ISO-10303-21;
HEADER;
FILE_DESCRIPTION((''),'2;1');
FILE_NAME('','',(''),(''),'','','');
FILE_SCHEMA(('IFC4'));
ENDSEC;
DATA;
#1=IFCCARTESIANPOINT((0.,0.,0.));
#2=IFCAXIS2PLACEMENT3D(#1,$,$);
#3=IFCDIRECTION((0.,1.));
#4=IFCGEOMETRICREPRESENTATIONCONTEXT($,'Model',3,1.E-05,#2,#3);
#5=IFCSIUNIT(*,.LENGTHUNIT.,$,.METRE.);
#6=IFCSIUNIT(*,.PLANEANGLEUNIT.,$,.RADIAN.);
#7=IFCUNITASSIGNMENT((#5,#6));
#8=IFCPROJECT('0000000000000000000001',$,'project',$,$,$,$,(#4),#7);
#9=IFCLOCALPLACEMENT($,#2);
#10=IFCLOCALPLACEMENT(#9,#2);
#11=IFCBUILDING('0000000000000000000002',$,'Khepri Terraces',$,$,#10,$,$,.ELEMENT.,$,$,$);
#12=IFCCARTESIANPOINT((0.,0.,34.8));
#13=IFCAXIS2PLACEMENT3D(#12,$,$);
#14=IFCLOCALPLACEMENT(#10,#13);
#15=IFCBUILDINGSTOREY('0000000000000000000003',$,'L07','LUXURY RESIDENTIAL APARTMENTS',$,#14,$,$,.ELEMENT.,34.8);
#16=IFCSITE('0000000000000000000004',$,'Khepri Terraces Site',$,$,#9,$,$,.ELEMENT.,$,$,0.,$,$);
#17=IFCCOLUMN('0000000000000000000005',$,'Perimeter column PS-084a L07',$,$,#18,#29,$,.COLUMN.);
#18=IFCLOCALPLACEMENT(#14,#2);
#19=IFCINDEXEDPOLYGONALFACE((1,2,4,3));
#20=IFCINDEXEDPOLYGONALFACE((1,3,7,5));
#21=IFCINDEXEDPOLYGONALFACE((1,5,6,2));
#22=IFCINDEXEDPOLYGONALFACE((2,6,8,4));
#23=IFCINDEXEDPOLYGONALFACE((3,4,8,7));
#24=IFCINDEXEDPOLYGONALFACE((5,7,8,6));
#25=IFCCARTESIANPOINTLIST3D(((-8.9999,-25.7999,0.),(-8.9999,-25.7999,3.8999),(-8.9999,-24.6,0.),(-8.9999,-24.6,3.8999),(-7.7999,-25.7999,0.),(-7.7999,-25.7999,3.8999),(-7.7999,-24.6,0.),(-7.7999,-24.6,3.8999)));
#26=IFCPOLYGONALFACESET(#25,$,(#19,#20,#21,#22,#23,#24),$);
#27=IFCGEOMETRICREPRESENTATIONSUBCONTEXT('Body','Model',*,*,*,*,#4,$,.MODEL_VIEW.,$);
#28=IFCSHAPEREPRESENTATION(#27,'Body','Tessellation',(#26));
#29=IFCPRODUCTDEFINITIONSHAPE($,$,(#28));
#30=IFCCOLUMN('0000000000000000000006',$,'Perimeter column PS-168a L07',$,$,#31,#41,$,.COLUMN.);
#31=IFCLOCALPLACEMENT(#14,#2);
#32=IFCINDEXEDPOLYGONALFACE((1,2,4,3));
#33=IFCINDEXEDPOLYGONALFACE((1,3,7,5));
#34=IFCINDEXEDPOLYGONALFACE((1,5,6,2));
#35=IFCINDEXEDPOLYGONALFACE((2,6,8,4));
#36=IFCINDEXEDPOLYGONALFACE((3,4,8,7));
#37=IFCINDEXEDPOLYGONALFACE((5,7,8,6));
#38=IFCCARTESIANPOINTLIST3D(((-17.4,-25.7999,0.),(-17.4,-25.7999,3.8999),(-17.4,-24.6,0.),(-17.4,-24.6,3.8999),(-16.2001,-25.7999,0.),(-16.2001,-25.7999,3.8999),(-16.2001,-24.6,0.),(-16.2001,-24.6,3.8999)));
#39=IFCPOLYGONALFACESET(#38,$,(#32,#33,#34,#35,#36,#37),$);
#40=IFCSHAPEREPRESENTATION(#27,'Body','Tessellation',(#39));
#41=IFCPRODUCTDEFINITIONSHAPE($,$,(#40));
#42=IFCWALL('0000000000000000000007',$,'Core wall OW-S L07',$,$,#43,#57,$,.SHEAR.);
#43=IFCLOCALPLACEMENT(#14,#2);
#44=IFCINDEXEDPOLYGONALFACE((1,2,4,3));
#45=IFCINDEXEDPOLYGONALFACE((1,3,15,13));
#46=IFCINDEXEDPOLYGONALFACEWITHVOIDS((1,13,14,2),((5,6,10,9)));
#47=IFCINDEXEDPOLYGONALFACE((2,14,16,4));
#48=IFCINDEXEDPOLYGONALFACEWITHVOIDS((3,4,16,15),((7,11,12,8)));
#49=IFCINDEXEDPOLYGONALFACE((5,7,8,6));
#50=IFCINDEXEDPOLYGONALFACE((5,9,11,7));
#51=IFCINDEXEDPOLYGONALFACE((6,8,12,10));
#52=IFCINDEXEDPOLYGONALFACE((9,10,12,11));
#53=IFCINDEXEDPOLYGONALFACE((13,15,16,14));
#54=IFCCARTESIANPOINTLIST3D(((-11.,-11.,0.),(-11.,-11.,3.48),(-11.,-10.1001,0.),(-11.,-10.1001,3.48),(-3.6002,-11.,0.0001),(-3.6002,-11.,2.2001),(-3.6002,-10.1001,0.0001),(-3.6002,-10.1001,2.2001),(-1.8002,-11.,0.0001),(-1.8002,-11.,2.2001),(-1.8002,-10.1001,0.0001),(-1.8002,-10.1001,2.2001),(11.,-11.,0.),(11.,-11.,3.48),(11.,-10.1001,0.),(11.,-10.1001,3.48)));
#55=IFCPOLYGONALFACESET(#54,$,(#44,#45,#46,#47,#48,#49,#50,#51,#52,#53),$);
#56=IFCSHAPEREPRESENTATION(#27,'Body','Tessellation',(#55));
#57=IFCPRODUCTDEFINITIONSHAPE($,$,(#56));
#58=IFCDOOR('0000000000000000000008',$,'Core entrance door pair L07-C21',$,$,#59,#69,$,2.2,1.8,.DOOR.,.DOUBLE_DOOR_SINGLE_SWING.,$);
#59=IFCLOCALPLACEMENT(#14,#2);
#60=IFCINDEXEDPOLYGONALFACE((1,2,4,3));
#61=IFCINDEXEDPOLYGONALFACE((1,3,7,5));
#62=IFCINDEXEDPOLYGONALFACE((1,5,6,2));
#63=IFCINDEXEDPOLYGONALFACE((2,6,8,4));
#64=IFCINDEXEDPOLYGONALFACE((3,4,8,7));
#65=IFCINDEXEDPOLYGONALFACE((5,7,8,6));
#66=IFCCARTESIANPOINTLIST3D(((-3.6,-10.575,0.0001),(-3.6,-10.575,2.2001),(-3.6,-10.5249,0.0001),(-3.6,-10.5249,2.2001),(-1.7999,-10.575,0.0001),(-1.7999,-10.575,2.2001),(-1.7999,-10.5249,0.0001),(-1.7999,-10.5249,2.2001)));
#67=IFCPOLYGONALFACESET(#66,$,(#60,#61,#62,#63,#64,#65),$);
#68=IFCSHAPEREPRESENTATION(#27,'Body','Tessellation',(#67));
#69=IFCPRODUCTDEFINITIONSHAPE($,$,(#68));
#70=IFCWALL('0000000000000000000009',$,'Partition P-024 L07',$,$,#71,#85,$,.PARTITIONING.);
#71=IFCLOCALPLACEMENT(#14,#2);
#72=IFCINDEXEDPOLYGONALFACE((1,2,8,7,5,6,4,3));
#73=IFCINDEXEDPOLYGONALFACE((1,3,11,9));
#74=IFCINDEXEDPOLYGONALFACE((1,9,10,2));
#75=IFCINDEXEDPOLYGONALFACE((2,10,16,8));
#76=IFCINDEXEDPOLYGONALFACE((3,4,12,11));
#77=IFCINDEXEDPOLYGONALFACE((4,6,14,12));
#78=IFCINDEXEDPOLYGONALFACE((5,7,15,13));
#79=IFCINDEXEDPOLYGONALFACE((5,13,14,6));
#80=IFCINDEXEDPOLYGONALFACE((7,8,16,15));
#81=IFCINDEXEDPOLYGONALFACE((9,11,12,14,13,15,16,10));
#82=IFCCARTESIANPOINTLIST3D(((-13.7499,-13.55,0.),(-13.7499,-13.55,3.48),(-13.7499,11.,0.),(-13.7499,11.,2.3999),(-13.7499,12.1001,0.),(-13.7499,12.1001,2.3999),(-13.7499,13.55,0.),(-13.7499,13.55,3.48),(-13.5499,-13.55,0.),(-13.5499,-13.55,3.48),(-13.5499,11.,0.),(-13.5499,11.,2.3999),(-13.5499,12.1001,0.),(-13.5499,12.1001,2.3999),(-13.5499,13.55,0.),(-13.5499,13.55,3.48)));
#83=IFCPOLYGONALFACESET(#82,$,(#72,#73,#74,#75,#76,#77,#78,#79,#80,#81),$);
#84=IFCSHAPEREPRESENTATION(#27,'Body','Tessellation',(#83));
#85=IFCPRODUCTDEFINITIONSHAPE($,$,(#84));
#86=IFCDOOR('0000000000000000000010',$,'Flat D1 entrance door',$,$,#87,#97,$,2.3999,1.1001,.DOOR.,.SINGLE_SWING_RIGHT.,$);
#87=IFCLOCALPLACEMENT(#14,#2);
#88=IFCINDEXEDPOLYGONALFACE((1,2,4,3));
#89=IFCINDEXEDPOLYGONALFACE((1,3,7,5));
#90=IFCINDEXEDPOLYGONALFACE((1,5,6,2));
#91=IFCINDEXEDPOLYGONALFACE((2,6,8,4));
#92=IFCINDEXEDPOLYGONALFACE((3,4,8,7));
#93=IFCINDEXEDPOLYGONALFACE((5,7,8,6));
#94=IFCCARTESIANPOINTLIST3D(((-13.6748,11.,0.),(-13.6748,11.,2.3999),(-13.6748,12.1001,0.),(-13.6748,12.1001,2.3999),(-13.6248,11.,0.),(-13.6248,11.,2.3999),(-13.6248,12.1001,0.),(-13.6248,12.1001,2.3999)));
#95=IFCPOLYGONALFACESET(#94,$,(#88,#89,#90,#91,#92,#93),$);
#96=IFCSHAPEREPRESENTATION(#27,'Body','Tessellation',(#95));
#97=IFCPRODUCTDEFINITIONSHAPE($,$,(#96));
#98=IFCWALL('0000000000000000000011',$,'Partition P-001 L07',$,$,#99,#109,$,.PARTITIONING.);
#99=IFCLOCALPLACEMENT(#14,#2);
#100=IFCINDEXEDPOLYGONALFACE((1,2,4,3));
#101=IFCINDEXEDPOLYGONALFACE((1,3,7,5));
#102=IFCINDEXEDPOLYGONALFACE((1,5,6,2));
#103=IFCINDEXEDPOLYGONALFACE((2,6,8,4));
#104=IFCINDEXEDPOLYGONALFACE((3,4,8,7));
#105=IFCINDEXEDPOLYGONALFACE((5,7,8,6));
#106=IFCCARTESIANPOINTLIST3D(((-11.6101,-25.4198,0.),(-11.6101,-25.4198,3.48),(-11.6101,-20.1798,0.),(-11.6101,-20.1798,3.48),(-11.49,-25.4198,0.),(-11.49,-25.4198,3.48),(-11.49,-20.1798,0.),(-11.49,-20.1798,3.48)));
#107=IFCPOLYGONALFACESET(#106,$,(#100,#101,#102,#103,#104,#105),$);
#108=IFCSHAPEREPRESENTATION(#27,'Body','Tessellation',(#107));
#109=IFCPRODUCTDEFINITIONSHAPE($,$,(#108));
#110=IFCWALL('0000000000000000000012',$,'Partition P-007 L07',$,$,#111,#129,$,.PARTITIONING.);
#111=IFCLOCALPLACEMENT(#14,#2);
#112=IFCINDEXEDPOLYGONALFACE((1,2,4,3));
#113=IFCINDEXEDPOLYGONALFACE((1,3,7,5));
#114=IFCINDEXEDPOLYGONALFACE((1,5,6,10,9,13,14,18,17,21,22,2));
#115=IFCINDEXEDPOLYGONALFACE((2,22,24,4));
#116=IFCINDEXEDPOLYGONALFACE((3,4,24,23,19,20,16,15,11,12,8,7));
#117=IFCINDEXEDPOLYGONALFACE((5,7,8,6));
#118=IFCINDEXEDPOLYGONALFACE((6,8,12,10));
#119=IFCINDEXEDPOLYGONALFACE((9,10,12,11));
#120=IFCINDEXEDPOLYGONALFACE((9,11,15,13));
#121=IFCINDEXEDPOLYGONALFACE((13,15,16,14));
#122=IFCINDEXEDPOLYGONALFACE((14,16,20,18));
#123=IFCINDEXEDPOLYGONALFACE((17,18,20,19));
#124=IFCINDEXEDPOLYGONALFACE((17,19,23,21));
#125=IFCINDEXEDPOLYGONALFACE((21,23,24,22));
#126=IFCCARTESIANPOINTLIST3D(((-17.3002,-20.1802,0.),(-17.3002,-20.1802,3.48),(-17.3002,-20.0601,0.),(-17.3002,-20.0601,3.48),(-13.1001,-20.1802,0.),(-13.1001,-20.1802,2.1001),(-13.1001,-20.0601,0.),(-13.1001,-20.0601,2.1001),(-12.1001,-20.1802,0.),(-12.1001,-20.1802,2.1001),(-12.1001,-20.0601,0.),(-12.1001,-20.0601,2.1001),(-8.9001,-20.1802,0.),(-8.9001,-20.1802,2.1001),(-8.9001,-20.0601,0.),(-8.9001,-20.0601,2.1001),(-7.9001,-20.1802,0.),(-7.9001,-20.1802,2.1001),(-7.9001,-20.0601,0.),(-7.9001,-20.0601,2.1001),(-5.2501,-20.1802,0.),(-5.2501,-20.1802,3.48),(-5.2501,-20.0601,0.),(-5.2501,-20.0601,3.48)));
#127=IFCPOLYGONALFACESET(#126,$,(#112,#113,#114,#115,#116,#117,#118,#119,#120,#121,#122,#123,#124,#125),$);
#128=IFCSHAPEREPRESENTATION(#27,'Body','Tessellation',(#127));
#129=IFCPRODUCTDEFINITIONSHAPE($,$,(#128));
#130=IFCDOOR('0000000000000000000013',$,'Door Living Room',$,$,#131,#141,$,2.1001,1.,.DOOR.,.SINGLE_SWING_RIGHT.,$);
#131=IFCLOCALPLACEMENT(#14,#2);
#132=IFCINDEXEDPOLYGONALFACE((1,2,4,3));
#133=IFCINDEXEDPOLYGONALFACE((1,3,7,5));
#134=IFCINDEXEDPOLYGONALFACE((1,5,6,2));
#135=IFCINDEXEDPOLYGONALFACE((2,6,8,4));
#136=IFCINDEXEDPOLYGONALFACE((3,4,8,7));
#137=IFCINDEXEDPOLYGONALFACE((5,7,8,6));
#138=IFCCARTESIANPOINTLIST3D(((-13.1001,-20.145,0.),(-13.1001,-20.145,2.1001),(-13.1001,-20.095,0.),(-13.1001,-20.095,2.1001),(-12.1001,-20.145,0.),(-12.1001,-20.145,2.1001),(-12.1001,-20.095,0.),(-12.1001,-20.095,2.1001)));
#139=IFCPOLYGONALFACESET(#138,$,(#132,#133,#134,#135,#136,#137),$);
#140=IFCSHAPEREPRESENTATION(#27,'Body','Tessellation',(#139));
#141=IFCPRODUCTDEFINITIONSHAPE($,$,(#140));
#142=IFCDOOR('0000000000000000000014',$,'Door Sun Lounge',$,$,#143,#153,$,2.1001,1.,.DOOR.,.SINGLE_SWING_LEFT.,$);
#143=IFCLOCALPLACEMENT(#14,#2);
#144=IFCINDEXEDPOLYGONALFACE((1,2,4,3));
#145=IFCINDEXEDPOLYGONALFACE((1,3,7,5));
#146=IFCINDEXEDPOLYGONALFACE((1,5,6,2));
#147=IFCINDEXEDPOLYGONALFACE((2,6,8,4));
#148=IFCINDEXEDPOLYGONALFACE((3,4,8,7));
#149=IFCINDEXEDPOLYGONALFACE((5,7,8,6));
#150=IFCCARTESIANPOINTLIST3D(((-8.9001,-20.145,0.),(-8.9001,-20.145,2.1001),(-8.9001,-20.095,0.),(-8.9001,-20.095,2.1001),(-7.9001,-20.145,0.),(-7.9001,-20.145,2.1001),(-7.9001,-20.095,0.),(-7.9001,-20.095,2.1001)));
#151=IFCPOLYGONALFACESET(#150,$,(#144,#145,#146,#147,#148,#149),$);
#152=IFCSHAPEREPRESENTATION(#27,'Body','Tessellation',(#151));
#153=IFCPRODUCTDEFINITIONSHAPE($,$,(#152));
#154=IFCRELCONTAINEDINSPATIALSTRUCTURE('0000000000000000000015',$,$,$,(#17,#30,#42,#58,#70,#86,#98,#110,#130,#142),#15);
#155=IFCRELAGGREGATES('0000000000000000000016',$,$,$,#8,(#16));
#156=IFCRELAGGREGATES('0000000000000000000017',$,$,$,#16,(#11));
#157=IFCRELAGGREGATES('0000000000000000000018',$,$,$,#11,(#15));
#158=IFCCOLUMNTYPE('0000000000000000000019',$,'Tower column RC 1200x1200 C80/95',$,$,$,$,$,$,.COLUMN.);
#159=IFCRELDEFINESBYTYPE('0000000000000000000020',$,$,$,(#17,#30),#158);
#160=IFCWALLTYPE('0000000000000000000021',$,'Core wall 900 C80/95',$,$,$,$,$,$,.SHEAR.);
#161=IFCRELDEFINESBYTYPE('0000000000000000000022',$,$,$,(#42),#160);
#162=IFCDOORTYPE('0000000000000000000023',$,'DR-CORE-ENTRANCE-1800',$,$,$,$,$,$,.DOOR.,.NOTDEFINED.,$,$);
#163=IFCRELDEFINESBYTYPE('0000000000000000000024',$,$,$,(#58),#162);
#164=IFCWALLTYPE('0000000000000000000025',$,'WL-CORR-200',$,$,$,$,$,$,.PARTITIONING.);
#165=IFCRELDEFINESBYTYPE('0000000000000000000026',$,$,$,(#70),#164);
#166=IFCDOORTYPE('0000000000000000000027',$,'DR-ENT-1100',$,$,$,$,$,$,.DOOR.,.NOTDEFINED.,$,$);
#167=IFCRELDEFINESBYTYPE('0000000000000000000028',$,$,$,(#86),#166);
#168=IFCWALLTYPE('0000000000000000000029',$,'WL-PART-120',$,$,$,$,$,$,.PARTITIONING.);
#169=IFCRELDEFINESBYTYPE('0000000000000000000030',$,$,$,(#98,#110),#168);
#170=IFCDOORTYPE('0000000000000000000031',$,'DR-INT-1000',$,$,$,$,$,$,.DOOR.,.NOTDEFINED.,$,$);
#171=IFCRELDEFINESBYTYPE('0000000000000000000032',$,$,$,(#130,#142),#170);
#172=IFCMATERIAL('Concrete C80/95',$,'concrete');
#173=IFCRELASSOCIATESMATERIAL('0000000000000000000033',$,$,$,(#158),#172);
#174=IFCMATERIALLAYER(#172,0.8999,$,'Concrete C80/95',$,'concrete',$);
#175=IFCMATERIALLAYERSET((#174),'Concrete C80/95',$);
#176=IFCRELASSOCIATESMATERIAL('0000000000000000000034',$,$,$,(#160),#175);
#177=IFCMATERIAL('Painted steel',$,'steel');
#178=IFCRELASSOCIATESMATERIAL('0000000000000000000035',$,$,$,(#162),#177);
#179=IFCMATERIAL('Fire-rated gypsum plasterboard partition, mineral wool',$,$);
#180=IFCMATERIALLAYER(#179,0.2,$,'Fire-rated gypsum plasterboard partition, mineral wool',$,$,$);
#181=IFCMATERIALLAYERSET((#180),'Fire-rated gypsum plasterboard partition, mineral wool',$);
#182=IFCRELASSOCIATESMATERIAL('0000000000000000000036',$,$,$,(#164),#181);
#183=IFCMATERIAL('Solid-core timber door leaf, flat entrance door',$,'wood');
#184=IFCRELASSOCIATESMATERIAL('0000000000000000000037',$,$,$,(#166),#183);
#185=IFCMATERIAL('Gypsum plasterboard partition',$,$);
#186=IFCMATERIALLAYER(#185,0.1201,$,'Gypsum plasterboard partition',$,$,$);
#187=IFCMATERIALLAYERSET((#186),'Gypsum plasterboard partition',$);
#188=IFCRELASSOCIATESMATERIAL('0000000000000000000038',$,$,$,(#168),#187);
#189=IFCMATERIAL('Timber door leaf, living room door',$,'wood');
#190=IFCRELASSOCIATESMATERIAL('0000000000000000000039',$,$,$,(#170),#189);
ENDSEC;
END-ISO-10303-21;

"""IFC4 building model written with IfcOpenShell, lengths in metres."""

from ifc_helpers import new_model, si_unit, direction, frame, frame_2d, origin, origin_2d, place, context, subcontext, project, spatial, rectangle, extrude, material, layer, layer_set, material_profile, profile_set, type_object, element, fill, save


model = new_model("IFC4")

# Units and contexts
model_context = context("Model", 3, precision=1e-05, world=origin(), true_north=direction((0.0, 1.0)))
body_context = subcontext(model_context, "Body", "Model", "MODEL_VIEW")
ifc_project = project(units=[si_unit("LENGTHUNIT", "METRE"), si_unit("PLANEANGLEUNIT", "RADIAN")], contexts=[model_context])

# Site, building, storey
site_placement = place(None, origin())
site = spatial("IfcSite", under=ifc_project, at=site_placement, Name="Khepri Terraces Site", CompositionType="ELEMENT", RefElevation=0.0)
building_placement = place(site_placement, origin())
building = spatial("IfcBuilding", under=site, at=building_placement, Name="Khepri Terraces", CompositionType="ELEMENT")
storey_placement = place(building_placement, frame((0.0, 0.0, 34.8)))
storey = spatial("IfcBuildingStorey", under=building, at=storey_placement, Name="L07", Description="LUXURY RESIDENTIAL APARTMENTS", CompositionType="ELEMENT", Elevation=34.8)

# Columns
ifc_material_1 = material(Name="Concrete C80/95", Category="concrete")
ifc_material_profile = material_profile(ifc_material_1, rectangle(XDim=1.2, YDim=1.2, at=origin_2d()), Name="Concrete C80/95", Category="concrete")
ifc_profile_set = profile_set([ifc_material_profile], Name="Concrete C80/95")
column_type = type_object("IfcColumnType", Name="Tower column RC 1200x1200 C80/95", PredefinedType="COLUMN", material=ifc_profile_set)
for number, where, z_axis, x_axis, name in (
    (1, (-8.3999, -25.2, 0.0), (0.0, 0.0, 1.0), (1.0, 0.0, 0.0), "Perimeter column PS-084a L07"),
    (2, (-16.8, -25.2, 0.0), (0.0, 0.0, 1.0), (1.0, 0.0, 0.0), "Perimeter column PS-168a L07"),
):
    element("IfcColumn", number, at=place(storey_placement, frame(where, z_axis=z_axis, x_axis=x_axis)), inside=storey, type_object=column_type, Name=name, PredefinedType="COLUMN", context=body_context, shape_type="SweptSolid", body=[
        extrude(rectangle(XDim=1.2, YDim=1.2, at=origin_2d()), origin(), (0.0, 0.0, 1.0), 3.8999),
    ])

# Walls, openings, doors
ifc_layer_1 = layer(ifc_material_1, 0.8999, Name="Concrete C80/95", Category="concrete")
ifc_layer_set_1 = layer_set([ifc_layer_1], Name="Concrete C80/95")
wall_type_1 = type_object("IfcWallType", Name="Core wall 900 C80/95", PredefinedType="SHEAR", material=ifc_layer_set_1)
wall_1_placement = place(storey_placement, frame((-11.0, -10.55, 0.0), z_axis=(0.0, 0.0, 1.0), x_axis=(1.0, 0.0, 0.0)))
wall_1 = element("IfcWall", 3, at=wall_1_placement, inside=storey, type_object=wall_type_1, Name="Core wall OW-S L07", PredefinedType="SHEAR", context=body_context, shape_type="SweptSolid", body=[
    extrude(rectangle(XDim=22.0, YDim=0.8999, at=frame_2d((11.0, 0.0))), origin(), (0.0, 0.0, 1.0), 3.48),
])
opening_1_placement = place(wall_1_placement, frame((7.3999, 0.0, 0.0)))
opening_1 = element("IfcOpeningElement", 4, at=opening_1_placement, cuts=wall_1, PredefinedType="OPENING", context=body_context, shape_type="SweptSolid", body=[
    extrude(rectangle(XDim=1.8, YDim=2.2, at=frame_2d((0.8999, 1.1001))), frame((0.0, 0.46, 0.0), z_axis=(0.0, -1.0, 0.0), x_axis=(1.0, 0.0, 0.0)), (0.0, 0.0, 1.0), 0.9199),
])
ifc_material_2 = material(Name="Painted steel", Category="steel")
door_type_1 = type_object("IfcDoorType", Name="DR-CORE-ENTRANCE-1800", OperationType="NOTDEFINED", PredefinedType="DOOR", material=ifc_material_2)
door_1_placement = place(opening_1_placement, frame((1.8, 0.0, 0.0), z_axis=(0.0, 0.0, 1.0), x_axis=(-1.0, 0.0, 0.0)))
door_1 = element("IfcDoor", 5, at=door_1_placement, inside=storey, type_object=door_type_1, Name="Core entrance door pair L07-C21", OperationType="DOUBLE_DOOR_SINGLE_SWING", OverallHeight=2.2, OverallWidth=1.8, PredefinedType="DOOR", context=body_context, shape_type="SweptSolid", body=[
    extrude(rectangle(XDim=1.8, YDim=2.2, at=frame_2d((0.8999, 1.1001))), frame((0.0, 0.0249, 0.0), z_axis=(0.0, -1.0, 0.0), x_axis=(1.0, 0.0, 0.0)), (0.0, 0.0, 1.0), 0.05),
])
fill(opening_1, door_1)
ifc_material_3 = material(Name="Fire-rated gypsum plasterboard partition, mineral wool")
ifc_layer_2 = layer(ifc_material_3, 0.2, Name="Fire-rated gypsum plasterboard partition, mineral wool")
ifc_layer_set_2 = layer_set([ifc_layer_2], Name="Fire-rated gypsum plasterboard partition, mineral wool")
wall_type_2 = type_object("IfcWallType", Name="WL-CORR-200", PredefinedType="PARTITIONING", material=ifc_layer_set_2)
wall_2_placement = place(storey_placement, frame((-13.6499, -13.55, 0.0), z_axis=(0.0, 0.0, 1.0), x_axis=(0.0, 1.0, 0.0)))
wall_2 = element("IfcWall", 6, at=wall_2_placement, inside=storey, type_object=wall_type_2, Name="Partition P-024 L07", PredefinedType="PARTITIONING", context=body_context, shape_type="SweptSolid", body=[
    extrude(rectangle(XDim=27.1001, YDim=0.2, at=frame_2d((13.55, 0.0))), origin(), (0.0, 0.0, 1.0), 3.48),
])
opening_2_placement = place(wall_2_placement, frame((24.55, 0.0, 0.0)))
opening_2 = element("IfcOpeningElement", 7, at=opening_2_placement, cuts=wall_2, PredefinedType="OPENING", context=body_context, shape_type="SweptSolid", body=[
    extrude(rectangle(XDim=1.1001, YDim=2.3999, at=frame_2d((0.55, 1.2))), frame((0.0, 0.1099, 0.0), z_axis=(0.0, -1.0, 0.0), x_axis=(1.0, 0.0, 0.0)), (0.0, 0.0, 1.0), 0.22),
])
ifc_material_4 = material(Name="Solid-core timber door leaf, flat entrance door", Category="wood")
door_type_2 = type_object("IfcDoorType", Name="DR-ENT-1100", OperationType="NOTDEFINED", PredefinedType="DOOR", material=ifc_material_4)
door_2_placement = place(opening_2_placement, origin())
door_2 = element("IfcDoor", 8, at=door_2_placement, inside=storey, type_object=door_type_2, Name="Flat D1 entrance door", OperationType="SINGLE_SWING_RIGHT", OverallHeight=2.3999, OverallWidth=1.1001, PredefinedType="DOOR", context=body_context, shape_type="SweptSolid", body=[
    extrude(rectangle(XDim=1.1001, YDim=2.3999, at=frame_2d((0.55, 1.2))), frame((0.0, 0.0249, 0.0), z_axis=(0.0, -1.0, 0.0), x_axis=(1.0, 0.0, 0.0)), (0.0, 0.0, 1.0), 0.05),
])
fill(opening_2, door_2)

# Wall
ifc_material_5 = material(Name="Gypsum plasterboard partition")
ifc_layer_3 = layer(ifc_material_5, 0.1201, Name="Gypsum plasterboard partition")
ifc_layer_set_3 = layer_set([ifc_layer_3], Name="Gypsum plasterboard partition")
wall_type_3 = type_object("IfcWallType", Name="WL-PART-120", PredefinedType="PARTITIONING", material=ifc_layer_set_3)
wall_3_placement = place(storey_placement, frame((-11.55, -25.4199, 0.0), z_axis=(0.0, 0.0, 1.0), x_axis=(0.0, 1.0, 0.0)))
element("IfcWall", 9, at=wall_3_placement, inside=storey, type_object=wall_type_3, Name="Partition P-001 L07", PredefinedType="PARTITIONING", context=body_context, shape_type="SweptSolid", body=[
    extrude(rectangle(XDim=5.24, YDim=0.1201, at=frame_2d((2.6201, 0.0))), origin(), (0.0, 0.0, 1.0), 3.48),
])

# Wall, openings, doors
wall_4_placement = place(storey_placement, frame((-17.3, -20.1201, 0.0), z_axis=(0.0, 0.0, 1.0), x_axis=(1.0, 0.0, 0.0)))
wall_4 = element("IfcWall", 10, at=wall_4_placement, inside=storey, type_object=wall_type_3, Name="Partition P-007 L07", PredefinedType="PARTITIONING", context=body_context, shape_type="SweptSolid", body=[
    extrude(rectangle(XDim=12.05, YDim=0.1201, at=frame_2d((6.0249, 0.0))), origin(), (0.0, 0.0, 1.0), 3.48),
])
opening_3_placement = place(wall_4_placement, frame((4.2, 0.0, 0.0)))
opening_3 = element("IfcOpeningElement", 11, at=opening_3_placement, cuts=wall_4, PredefinedType="OPENING", context=body_context, shape_type="SweptSolid", body=[
    extrude(rectangle(XDim=1.0, YDim=2.1001, at=frame_2d((0.5, 1.05))), frame((0.0, 0.0701, 0.0), z_axis=(0.0, -1.0, 0.0), x_axis=(1.0, 0.0, 0.0)), (0.0, 0.0, 1.0), 0.1401),
])
opening_4_placement = place(wall_4_placement, frame((8.3999, 0.0, 0.0)))
opening_4 = element("IfcOpeningElement", 12, at=opening_4_placement, cuts=wall_4, PredefinedType="OPENING", context=body_context, shape_type="SweptSolid", body=[
    extrude(rectangle(XDim=1.0, YDim=2.1001, at=frame_2d((0.5, 1.05))), frame((0.0, 0.0701, 0.0), z_axis=(0.0, -1.0, 0.0), x_axis=(1.0, 0.0, 0.0)), (0.0, 0.0, 1.0), 0.1401),
])
ifc_material_6 = material(Name="Timber door leaf, living room door", Category="wood")
door_type_3 = type_object("IfcDoorType", Name="DR-INT-1000", OperationType="NOTDEFINED", PredefinedType="DOOR", material=ifc_material_6)
door_3_placement = place(opening_3_placement, frame((1.0, 0.0, 0.0), z_axis=(0.0, 0.0, 1.0), x_axis=(-1.0, 0.0, 0.0)))
door_3 = element("IfcDoor", 13, at=door_3_placement, inside=storey, type_object=door_type_3, Name="Door Living Room", OperationType="SINGLE_SWING_RIGHT", OverallHeight=2.1001, OverallWidth=1.0, PredefinedType="DOOR", context=body_context, shape_type="SweptSolid", body=[
    extrude(rectangle(XDim=1.0, YDim=2.1001, at=frame_2d((0.5, 1.05))), frame((0.0, 0.0249, 0.0), z_axis=(0.0, -1.0, 0.0), x_axis=(1.0, 0.0, 0.0)), (0.0, 0.0, 1.0), 0.05),
])
fill(opening_3, door_3)
door_4_placement = place(opening_4_placement, frame((1.0, 0.0, 0.0), z_axis=(0.0, 0.0, 1.0), x_axis=(-1.0, 0.0, 0.0)))
door_4 = element("IfcDoor", 14, at=door_4_placement, inside=storey, type_object=door_type_3, Name="Door Sun Lounge", OperationType="SINGLE_SWING_LEFT", OverallHeight=2.1001, OverallWidth=1.0, PredefinedType="DOOR", context=body_context, shape_type="SweptSolid", body=[
    extrude(rectangle(XDim=1.0, YDim=2.1001, at=frame_2d((0.5, 1.05))), frame((0.0, 0.0249, 0.0), z_axis=(0.0, -1.0, 0.0), x_axis=(1.0, 0.0, 0.0)), (0.0, 0.0, 1.0), 0.05),
])
fill(opening_4, door_4)

save(model, "model.ifc")
